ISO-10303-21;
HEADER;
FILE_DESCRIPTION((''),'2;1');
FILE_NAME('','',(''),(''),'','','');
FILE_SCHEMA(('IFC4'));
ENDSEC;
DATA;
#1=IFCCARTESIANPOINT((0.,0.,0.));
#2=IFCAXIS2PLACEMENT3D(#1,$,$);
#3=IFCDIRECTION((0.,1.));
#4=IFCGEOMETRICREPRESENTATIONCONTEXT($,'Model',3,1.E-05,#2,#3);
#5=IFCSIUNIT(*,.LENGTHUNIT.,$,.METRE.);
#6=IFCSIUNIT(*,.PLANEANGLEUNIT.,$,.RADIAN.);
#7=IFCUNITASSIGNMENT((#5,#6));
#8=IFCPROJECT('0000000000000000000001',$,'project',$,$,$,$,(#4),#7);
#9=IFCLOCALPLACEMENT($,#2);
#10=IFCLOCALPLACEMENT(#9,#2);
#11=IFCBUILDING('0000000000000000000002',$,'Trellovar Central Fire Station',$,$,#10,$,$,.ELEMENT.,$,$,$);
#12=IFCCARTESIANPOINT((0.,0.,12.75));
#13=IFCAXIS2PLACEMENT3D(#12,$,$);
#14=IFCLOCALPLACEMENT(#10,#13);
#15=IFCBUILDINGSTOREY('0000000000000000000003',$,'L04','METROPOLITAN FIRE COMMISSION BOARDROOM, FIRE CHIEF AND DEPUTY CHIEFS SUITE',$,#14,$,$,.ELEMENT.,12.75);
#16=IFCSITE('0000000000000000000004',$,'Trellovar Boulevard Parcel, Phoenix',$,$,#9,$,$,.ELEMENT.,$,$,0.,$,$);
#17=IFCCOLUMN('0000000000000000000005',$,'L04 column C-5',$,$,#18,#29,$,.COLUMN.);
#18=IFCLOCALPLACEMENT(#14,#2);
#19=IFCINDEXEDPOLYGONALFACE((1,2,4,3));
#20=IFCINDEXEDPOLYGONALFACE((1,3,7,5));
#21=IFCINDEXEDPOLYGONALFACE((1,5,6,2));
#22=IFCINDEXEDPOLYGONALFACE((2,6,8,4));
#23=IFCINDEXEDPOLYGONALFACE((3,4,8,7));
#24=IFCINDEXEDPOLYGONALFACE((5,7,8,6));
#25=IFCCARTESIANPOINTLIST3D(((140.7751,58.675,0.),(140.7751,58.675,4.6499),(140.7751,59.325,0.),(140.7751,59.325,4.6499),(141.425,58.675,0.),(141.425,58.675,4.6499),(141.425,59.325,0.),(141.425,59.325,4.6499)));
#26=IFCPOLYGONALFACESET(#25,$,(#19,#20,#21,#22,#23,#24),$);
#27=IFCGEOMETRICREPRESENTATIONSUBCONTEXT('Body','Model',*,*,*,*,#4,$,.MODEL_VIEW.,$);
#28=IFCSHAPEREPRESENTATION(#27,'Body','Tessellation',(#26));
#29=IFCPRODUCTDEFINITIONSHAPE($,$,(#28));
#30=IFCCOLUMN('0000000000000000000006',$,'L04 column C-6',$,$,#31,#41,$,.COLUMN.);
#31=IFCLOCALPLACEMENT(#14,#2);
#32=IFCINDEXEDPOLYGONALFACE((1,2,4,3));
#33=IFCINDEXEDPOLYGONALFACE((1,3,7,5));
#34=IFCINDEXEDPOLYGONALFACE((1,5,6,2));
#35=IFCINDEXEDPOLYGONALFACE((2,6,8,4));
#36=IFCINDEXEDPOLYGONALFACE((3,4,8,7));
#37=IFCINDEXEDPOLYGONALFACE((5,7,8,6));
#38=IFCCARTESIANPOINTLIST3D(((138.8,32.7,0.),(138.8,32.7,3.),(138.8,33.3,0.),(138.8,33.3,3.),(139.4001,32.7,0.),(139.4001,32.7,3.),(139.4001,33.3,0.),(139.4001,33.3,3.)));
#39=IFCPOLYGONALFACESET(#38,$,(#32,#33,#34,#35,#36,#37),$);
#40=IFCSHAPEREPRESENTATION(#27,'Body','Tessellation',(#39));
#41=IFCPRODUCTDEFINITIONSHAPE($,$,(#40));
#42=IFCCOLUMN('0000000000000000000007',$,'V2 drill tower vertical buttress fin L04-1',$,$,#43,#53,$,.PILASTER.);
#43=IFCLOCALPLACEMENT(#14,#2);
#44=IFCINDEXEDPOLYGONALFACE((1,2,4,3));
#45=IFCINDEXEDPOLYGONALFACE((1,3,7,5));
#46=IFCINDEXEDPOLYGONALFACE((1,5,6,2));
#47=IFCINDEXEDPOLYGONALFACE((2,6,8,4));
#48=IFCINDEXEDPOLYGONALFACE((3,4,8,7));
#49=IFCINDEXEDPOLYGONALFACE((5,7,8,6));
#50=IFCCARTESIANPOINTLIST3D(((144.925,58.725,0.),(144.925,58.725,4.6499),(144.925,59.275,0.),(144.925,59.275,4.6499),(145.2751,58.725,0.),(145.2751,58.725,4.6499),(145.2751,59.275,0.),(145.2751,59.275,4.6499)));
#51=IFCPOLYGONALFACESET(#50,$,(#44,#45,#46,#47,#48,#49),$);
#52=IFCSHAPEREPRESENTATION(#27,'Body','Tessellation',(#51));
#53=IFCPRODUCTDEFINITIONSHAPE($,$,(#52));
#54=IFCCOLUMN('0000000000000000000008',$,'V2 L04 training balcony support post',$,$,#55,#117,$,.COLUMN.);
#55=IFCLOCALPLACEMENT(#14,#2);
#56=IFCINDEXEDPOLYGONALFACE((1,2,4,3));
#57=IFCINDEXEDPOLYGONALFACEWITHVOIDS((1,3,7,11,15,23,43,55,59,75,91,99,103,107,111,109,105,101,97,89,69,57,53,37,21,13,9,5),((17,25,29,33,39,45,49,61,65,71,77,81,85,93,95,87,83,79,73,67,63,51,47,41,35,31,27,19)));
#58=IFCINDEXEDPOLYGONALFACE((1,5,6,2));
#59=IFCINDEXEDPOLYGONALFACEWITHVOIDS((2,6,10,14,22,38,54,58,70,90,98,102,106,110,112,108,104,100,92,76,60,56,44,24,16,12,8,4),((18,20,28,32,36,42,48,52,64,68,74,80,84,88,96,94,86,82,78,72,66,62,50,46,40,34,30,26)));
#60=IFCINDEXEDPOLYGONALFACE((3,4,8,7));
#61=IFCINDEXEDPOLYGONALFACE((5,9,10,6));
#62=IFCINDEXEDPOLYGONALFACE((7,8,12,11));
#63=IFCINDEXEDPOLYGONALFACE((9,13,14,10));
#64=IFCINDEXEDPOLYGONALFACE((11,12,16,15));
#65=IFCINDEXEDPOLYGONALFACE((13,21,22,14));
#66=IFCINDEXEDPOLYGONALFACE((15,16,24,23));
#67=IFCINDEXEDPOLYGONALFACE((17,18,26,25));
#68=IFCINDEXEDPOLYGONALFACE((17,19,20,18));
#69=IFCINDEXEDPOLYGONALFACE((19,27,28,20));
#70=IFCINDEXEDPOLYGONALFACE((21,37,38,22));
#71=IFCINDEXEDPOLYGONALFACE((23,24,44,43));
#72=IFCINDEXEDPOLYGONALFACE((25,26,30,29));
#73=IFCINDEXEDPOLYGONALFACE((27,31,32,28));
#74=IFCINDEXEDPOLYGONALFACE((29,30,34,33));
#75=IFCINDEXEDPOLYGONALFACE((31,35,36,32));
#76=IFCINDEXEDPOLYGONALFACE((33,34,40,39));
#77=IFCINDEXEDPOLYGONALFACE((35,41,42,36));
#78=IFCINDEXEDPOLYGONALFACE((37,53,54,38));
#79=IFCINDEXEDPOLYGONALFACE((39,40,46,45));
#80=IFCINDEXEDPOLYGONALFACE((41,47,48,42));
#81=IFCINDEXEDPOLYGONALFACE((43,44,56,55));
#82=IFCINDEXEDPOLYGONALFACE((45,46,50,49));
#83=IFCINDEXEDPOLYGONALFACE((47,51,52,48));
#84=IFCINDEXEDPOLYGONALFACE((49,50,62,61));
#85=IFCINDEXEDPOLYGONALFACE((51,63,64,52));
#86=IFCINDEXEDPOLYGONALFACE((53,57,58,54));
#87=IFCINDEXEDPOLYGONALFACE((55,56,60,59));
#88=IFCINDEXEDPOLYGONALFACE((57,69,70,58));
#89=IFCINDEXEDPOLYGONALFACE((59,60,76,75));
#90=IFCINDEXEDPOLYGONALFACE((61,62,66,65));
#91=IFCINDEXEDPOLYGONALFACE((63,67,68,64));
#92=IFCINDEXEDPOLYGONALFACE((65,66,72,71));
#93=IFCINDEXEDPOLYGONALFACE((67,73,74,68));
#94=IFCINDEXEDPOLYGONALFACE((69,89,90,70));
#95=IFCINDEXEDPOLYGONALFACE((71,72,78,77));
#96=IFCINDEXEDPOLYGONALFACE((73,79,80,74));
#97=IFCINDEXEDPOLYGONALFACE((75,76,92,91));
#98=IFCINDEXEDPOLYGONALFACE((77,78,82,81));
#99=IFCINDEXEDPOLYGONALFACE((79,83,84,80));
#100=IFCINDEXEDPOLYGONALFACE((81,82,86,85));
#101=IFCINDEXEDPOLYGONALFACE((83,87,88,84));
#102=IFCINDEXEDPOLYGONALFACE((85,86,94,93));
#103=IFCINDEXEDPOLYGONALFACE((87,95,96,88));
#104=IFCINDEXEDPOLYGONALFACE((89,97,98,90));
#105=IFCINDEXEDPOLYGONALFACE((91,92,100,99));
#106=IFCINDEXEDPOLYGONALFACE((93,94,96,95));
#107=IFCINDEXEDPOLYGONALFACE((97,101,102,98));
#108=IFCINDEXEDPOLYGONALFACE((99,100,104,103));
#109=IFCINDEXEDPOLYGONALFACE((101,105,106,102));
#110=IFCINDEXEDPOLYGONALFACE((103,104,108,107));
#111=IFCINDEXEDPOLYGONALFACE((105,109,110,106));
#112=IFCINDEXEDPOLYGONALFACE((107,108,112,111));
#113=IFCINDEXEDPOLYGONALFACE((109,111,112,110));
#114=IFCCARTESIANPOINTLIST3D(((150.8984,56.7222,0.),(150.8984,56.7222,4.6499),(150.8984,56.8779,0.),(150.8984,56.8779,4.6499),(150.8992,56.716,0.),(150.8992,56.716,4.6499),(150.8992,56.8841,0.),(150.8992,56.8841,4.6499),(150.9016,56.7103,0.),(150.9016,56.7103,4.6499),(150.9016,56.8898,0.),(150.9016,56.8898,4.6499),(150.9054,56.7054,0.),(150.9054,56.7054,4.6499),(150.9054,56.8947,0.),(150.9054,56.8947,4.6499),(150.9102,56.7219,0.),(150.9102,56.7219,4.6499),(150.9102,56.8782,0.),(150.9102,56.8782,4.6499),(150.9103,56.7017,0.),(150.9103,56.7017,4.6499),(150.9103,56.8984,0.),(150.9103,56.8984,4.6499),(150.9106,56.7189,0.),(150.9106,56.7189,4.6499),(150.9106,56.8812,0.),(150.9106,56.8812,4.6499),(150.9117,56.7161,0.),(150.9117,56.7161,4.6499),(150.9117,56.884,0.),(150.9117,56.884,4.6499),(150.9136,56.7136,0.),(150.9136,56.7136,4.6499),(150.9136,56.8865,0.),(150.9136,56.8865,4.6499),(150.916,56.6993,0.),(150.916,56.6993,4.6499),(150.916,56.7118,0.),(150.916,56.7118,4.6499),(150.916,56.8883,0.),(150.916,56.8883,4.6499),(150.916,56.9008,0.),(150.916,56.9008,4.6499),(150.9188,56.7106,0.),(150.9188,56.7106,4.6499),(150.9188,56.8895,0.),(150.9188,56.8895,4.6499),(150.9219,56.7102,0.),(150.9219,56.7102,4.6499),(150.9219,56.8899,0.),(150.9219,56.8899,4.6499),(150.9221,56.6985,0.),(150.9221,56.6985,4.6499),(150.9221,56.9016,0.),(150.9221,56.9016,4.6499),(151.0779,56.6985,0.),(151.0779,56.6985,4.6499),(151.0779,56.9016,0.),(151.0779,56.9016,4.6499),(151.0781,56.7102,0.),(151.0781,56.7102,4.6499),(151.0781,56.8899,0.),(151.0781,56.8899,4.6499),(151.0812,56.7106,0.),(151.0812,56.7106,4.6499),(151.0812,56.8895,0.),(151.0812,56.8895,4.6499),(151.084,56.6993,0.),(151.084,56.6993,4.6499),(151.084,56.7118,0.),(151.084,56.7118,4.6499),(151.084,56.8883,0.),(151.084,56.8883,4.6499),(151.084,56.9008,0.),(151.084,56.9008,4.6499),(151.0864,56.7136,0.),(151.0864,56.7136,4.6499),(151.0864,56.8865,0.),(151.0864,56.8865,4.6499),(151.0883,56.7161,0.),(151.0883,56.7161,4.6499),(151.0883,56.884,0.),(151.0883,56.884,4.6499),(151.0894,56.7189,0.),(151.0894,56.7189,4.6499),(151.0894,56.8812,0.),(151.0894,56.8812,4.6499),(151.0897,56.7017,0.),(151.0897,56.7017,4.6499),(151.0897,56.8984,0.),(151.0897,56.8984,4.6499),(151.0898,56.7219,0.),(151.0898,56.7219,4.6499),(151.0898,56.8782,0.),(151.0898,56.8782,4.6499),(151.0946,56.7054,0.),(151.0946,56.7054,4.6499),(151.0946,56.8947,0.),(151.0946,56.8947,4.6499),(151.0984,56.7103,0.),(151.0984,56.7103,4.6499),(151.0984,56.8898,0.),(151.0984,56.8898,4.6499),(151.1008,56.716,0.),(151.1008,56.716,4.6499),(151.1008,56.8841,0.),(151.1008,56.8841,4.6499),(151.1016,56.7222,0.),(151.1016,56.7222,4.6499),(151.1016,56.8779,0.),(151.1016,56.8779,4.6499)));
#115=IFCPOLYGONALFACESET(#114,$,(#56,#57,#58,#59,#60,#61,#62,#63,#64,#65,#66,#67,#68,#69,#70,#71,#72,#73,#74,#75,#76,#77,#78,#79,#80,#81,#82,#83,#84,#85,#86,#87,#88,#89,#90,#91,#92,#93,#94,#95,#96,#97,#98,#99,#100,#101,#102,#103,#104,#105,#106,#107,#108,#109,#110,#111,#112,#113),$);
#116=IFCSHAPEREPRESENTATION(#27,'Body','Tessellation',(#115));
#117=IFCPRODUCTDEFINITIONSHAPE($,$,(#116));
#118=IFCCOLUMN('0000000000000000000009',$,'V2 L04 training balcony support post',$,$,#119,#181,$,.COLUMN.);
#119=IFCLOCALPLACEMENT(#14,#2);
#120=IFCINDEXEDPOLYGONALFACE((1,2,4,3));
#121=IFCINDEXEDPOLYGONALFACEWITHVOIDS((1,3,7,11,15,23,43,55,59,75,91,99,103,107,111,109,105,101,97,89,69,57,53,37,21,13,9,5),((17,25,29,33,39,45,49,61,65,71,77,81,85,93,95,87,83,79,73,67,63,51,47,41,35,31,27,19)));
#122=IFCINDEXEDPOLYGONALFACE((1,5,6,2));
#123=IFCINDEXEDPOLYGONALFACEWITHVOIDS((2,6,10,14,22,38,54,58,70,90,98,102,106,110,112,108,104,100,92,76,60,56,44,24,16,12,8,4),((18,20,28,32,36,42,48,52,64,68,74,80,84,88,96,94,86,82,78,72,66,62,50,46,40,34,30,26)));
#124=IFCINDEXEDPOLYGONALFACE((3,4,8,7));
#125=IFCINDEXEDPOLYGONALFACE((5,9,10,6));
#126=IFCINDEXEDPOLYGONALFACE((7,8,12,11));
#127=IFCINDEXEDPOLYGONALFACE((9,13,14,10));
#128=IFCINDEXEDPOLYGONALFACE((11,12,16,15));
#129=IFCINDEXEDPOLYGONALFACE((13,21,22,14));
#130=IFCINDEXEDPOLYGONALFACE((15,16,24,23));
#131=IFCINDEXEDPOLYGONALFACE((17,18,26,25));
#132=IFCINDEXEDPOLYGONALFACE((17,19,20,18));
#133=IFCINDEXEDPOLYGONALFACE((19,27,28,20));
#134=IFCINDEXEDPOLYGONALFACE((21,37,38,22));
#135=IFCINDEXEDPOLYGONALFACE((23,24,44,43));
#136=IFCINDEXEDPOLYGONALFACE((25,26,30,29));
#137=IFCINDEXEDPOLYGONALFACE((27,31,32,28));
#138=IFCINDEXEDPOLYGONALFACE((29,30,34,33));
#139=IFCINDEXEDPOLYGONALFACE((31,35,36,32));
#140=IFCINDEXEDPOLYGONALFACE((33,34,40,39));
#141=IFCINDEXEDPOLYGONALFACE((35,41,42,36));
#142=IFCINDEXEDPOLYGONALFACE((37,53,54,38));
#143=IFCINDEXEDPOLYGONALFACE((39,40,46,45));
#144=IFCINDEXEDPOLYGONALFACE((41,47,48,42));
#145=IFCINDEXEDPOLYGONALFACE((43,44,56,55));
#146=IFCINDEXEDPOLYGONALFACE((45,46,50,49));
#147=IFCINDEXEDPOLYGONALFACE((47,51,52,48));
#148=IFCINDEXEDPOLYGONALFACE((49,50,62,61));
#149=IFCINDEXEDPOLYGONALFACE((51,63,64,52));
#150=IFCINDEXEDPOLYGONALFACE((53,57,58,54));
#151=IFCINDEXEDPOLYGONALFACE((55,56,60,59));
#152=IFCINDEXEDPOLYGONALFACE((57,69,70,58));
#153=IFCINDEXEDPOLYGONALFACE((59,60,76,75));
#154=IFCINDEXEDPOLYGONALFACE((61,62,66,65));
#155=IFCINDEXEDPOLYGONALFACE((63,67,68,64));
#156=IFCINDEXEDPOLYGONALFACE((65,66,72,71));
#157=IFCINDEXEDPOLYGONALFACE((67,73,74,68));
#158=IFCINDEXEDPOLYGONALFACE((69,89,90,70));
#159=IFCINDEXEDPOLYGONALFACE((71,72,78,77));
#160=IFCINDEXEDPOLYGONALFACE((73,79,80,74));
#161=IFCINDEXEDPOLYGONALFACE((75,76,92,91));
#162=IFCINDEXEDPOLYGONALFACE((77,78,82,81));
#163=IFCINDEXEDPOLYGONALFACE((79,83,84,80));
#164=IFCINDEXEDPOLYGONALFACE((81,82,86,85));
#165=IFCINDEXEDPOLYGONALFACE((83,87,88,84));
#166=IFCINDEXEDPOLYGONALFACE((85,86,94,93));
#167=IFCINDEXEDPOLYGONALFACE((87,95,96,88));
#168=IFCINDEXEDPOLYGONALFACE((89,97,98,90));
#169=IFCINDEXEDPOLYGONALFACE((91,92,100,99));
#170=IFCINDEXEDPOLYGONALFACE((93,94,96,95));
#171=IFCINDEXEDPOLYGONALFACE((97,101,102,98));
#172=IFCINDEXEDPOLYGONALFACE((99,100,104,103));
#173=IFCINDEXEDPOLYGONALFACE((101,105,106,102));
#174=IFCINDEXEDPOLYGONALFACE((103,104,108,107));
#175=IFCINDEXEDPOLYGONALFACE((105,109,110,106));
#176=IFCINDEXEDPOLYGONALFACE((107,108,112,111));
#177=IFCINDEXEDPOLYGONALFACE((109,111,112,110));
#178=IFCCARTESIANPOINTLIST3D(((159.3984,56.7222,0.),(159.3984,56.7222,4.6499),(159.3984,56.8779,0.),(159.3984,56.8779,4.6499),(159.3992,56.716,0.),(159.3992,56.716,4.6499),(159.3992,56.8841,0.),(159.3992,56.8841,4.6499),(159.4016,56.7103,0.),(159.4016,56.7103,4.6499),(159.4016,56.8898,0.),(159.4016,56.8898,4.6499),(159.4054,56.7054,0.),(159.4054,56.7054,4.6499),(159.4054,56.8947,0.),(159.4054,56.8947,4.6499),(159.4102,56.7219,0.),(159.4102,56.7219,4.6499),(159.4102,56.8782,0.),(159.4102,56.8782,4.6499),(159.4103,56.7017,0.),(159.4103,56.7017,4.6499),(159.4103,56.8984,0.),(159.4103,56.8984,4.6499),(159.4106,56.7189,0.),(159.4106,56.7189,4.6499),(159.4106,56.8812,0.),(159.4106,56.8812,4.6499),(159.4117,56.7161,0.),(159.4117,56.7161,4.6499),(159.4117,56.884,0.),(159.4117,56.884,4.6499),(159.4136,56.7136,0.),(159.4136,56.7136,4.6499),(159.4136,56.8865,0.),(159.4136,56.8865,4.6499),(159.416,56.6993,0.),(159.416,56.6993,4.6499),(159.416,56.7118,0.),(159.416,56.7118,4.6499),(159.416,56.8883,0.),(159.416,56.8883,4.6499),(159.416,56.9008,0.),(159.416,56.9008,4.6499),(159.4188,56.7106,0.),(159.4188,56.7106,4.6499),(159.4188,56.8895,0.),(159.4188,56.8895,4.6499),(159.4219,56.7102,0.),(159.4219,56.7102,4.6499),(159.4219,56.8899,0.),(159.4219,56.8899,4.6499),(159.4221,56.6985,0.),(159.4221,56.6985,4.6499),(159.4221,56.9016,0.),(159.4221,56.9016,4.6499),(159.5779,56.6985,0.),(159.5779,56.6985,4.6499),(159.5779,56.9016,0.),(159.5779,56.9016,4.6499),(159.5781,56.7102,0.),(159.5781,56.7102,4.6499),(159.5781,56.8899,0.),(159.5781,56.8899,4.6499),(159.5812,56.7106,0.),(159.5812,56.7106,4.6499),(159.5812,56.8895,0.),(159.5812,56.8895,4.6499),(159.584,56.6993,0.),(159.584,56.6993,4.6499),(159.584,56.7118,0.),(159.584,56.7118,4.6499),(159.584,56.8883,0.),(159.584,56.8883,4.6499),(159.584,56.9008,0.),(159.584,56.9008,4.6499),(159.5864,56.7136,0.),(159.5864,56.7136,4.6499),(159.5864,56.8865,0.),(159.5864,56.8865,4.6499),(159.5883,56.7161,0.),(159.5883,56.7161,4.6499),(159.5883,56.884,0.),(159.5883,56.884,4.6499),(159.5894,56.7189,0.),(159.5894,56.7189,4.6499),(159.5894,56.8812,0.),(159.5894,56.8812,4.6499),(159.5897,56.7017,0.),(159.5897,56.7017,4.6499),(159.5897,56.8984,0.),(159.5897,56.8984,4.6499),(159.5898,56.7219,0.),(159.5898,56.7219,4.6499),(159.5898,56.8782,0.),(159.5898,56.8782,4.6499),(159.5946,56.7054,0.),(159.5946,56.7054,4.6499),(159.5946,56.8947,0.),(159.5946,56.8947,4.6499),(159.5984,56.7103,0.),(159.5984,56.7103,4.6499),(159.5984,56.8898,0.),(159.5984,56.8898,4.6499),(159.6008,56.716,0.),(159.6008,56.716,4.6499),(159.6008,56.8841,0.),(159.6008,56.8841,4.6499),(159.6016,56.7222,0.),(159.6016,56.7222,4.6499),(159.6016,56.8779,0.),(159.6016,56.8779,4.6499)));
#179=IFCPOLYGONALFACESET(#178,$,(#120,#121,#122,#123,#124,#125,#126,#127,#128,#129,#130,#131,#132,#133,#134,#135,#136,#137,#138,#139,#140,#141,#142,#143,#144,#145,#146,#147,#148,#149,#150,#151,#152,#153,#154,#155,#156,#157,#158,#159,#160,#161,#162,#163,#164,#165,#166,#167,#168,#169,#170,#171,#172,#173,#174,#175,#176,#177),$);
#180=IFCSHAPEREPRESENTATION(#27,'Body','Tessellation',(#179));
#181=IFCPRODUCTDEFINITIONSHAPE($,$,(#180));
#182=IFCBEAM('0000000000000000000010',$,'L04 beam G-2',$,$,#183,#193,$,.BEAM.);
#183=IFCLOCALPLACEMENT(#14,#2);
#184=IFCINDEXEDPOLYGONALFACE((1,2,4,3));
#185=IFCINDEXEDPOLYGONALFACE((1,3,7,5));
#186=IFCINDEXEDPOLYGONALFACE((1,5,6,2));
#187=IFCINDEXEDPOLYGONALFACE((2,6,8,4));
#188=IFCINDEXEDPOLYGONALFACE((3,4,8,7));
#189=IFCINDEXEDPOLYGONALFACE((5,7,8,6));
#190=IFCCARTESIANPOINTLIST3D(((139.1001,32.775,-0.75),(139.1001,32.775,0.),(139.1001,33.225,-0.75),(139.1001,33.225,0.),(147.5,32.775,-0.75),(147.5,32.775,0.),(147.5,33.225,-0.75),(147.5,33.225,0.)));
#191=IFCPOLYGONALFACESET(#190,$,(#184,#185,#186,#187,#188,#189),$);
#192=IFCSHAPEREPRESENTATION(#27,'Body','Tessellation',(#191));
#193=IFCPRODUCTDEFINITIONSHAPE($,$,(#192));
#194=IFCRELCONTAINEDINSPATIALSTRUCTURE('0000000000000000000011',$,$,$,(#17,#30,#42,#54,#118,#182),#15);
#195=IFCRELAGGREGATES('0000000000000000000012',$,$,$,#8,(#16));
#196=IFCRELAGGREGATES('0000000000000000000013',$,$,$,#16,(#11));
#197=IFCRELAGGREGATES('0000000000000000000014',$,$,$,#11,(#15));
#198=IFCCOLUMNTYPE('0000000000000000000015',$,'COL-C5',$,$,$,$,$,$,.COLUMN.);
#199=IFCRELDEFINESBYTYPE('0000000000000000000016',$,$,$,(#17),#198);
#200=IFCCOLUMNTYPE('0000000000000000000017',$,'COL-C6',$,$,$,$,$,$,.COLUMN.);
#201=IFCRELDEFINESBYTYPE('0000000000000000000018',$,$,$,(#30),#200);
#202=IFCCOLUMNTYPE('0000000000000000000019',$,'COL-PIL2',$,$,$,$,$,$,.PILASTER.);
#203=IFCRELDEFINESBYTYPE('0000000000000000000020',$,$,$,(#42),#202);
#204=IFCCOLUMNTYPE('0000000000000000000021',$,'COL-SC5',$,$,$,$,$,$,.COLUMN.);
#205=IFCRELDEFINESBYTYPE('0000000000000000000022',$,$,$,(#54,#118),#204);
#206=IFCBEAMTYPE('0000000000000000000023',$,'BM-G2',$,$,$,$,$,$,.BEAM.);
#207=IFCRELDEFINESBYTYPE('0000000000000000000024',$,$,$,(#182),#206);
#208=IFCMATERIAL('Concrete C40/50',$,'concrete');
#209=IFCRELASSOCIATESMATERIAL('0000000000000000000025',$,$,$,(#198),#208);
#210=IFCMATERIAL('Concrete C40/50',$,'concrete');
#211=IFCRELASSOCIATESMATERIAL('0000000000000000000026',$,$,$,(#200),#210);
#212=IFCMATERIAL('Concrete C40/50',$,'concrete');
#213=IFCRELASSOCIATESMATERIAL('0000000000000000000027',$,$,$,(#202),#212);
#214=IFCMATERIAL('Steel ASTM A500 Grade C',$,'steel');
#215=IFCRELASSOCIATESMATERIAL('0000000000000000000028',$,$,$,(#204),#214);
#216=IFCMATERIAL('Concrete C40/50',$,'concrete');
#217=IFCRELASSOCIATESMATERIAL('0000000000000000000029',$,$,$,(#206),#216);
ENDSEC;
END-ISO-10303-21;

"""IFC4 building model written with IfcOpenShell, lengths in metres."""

from ifc_helpers import new_model, si_unit, direction, frame, origin, origin_2d, place, context, subcontext, project, spatial, rectangle, hollow_rectangle, extrude, material, material_profile, profile_set, type_object, element, save


model = new_model("IFC4")

# Units and contexts
model_context = context("Model", 3, precision=1e-05, world=origin(), true_north=direction((0.0, 1.0)))
body_context = subcontext(model_context, "Body", "Model", "MODEL_VIEW")
ifc_project = project(units=[si_unit("LENGTHUNIT", "METRE"), si_unit("PLANEANGLEUNIT", "RADIAN")], contexts=[model_context])

# Site, building, storey
site_placement = place(None, origin())
site = spatial("IfcSite", under=ifc_project, at=site_placement, Name="Trellovar Boulevard Parcel, Phoenix", CompositionType="ELEMENT", RefElevation=0.0)
building_placement = place(site_placement, origin())
building = spatial("IfcBuilding", under=site, at=building_placement, Name="Trellovar Central Fire Station", CompositionType="ELEMENT")
storey_placement = place(building_placement, frame((0.0, 0.0, 12.75)))
storey = spatial("IfcBuildingStorey", under=building, at=storey_placement, Name="L04", Description="METROPOLITAN FIRE COMMISSION BOARDROOM, FIRE CHIEF AND DEPUTY CHIEFS SUITE", CompositionType="ELEMENT", Elevation=12.75)

# Columns
ifc_material_1 = material(Name="Concrete C40/50", Category="concrete")
ifc_material_profile_1 = material_profile(ifc_material_1, rectangle(XDim=0.6499, YDim=0.6499, at=origin_2d()), Name="RC650X650")
ifc_profile_set_1 = profile_set([ifc_material_profile_1], Name="Concrete C40/50")
column_type_1 = type_object("IfcColumnType", Name="COL-C5", PredefinedType="COLUMN", material=ifc_profile_set_1)
column_1_placement = place(storey_placement, frame((141.1001, 59.0, 0.0), z_axis=(0.0, 0.0, 1.0), x_axis=(1.0, 0.0, 0.0)))
element("IfcColumn", 1, at=column_1_placement, inside=storey, type_object=column_type_1, Name="L04 column C-5", PredefinedType="COLUMN", context=body_context, shape_type="SweptSolid", body=[
    extrude(rectangle(XDim=0.6499, YDim=0.6499, at=origin_2d()), origin(), (0.0, 0.0, 1.0), 4.6499),
])
ifc_material_2 = material(Name="Concrete C40/50", Category="concrete")
ifc_material_profile_2 = material_profile(ifc_material_2, rectangle(XDim=0.6001, YDim=0.6001, at=origin_2d()), Name="RC600X600")
ifc_profile_set_2 = profile_set([ifc_material_profile_2], Name="Concrete C40/50")
column_type_2 = type_object("IfcColumnType", Name="COL-C6", PredefinedType="COLUMN", material=ifc_profile_set_2)
column_2_placement = place(storey_placement, frame((139.1001, 33.0, 0.0), z_axis=(0.0, 0.0, 1.0), x_axis=(1.0, 0.0, 0.0)))
element("IfcColumn", 2, at=column_2_placement, inside=storey, type_object=column_type_2, Name="L04 column C-6", PredefinedType="COLUMN", context=body_context, shape_type="SweptSolid", body=[
    extrude(rectangle(XDim=0.6001, YDim=0.6001, at=origin_2d()), origin(), (0.0, 0.0, 1.0), 3.0),
])
ifc_material_3 = material(Name="Concrete C40/50", Category="concrete")
ifc_material_profile_3 = material_profile(ifc_material_3, rectangle(XDim=0.3501, YDim=0.55, at=origin_2d()), Name="RC350X550")
ifc_profile_set_3 = profile_set([ifc_material_profile_3], Name="Concrete C40/50")
column_type_3 = type_object("IfcColumnType", Name="COL-PIL2", PredefinedType="PILASTER", material=ifc_profile_set_3)
column_3_placement = place(storey_placement, frame((145.1001, 59.0, 0.0), z_axis=(0.0, 0.0, 1.0), x_axis=(1.0, 0.0, 0.0)))
element("IfcColumn", 3, at=column_3_placement, inside=storey, type_object=column_type_3, Name="V2 drill tower vertical buttress fin L04-1", PredefinedType="PILASTER", context=body_context, shape_type="SweptSolid", body=[
    extrude(rectangle(XDim=0.3501, YDim=0.55, at=origin_2d()), origin(), (0.0, 0.0, 1.0), 4.6499),
])
ifc_material_4 = material(Name="Steel ASTM A500 Grade C", Category="steel")
ifc_material_profile_4 = material_profile(ifc_material_4, hollow_rectangle(XDim=0.2031, YDim=0.2031, WallThickness=0.0117, InnerFilletRadius=0.0117, OuterFilletRadius=0.0237, at=origin_2d()), Name="HSS8X8X1/2")
ifc_profile_set_4 = profile_set([ifc_material_profile_4], Name="Steel ASTM A500 Grade C")
column_type_4 = type_object("IfcColumnType", Name="COL-SC5", PredefinedType="COLUMN", material=ifc_profile_set_4)
for number, where, z_axis, x_axis, name in (
    (4, (151.0, 56.8, 0.0), (0.0, 0.0, 1.0), (1.0, 0.0, 0.0), "V2 L04 training balcony support post"),
    (5, (159.5, 56.8, 0.0), (0.0, 0.0, 1.0), (1.0, 0.0, 0.0), "V2 L04 training balcony support post"),
):
    element("IfcColumn", number, at=place(storey_placement, frame(where, z_axis=z_axis, x_axis=x_axis)), inside=storey, type_object=column_type_4, Name=name, PredefinedType="COLUMN", context=body_context, shape_type="SweptSolid", body=[
        extrude(hollow_rectangle(XDim=0.2031, YDim=0.2031, WallThickness=0.0117, InnerFilletRadius=0.0117, OuterFilletRadius=0.0237, at=origin_2d()), origin(), (0.0, 0.0, 1.0), 4.6499),
    ])

# Beam
ifc_material_5 = material(Name="Concrete C40/50", Category="concrete")
ifc_material_profile_5 = material_profile(ifc_material_5, rectangle(XDim=0.45, YDim=0.75, at=origin_2d()), Name="RC450X750")
ifc_profile_set_5 = profile_set([ifc_material_profile_5], Name="Concrete C40/50")
beam_type_1 = type_object("IfcBeamType", Name="BM-G2", PredefinedType="BEAM", material=ifc_profile_set_5)
beam_1_placement = place(storey_placement, frame((139.1001, 33.0, -0.375), z_axis=(1.0, 0.0, 0.0), x_axis=(0.0, 1.0, 0.0)))
element("IfcBeam", 6, at=beam_1_placement, inside=storey, type_object=beam_type_1, Name="L04 beam G-2", PredefinedType="BEAM", context=body_context, shape_type="SweptSolid", body=[
    extrude(rectangle(XDim=0.45, YDim=0.75, at=origin_2d()), origin(), (0.0, 0.0, 1.0), 8.3999),
])

save(model, "model.ifc")
